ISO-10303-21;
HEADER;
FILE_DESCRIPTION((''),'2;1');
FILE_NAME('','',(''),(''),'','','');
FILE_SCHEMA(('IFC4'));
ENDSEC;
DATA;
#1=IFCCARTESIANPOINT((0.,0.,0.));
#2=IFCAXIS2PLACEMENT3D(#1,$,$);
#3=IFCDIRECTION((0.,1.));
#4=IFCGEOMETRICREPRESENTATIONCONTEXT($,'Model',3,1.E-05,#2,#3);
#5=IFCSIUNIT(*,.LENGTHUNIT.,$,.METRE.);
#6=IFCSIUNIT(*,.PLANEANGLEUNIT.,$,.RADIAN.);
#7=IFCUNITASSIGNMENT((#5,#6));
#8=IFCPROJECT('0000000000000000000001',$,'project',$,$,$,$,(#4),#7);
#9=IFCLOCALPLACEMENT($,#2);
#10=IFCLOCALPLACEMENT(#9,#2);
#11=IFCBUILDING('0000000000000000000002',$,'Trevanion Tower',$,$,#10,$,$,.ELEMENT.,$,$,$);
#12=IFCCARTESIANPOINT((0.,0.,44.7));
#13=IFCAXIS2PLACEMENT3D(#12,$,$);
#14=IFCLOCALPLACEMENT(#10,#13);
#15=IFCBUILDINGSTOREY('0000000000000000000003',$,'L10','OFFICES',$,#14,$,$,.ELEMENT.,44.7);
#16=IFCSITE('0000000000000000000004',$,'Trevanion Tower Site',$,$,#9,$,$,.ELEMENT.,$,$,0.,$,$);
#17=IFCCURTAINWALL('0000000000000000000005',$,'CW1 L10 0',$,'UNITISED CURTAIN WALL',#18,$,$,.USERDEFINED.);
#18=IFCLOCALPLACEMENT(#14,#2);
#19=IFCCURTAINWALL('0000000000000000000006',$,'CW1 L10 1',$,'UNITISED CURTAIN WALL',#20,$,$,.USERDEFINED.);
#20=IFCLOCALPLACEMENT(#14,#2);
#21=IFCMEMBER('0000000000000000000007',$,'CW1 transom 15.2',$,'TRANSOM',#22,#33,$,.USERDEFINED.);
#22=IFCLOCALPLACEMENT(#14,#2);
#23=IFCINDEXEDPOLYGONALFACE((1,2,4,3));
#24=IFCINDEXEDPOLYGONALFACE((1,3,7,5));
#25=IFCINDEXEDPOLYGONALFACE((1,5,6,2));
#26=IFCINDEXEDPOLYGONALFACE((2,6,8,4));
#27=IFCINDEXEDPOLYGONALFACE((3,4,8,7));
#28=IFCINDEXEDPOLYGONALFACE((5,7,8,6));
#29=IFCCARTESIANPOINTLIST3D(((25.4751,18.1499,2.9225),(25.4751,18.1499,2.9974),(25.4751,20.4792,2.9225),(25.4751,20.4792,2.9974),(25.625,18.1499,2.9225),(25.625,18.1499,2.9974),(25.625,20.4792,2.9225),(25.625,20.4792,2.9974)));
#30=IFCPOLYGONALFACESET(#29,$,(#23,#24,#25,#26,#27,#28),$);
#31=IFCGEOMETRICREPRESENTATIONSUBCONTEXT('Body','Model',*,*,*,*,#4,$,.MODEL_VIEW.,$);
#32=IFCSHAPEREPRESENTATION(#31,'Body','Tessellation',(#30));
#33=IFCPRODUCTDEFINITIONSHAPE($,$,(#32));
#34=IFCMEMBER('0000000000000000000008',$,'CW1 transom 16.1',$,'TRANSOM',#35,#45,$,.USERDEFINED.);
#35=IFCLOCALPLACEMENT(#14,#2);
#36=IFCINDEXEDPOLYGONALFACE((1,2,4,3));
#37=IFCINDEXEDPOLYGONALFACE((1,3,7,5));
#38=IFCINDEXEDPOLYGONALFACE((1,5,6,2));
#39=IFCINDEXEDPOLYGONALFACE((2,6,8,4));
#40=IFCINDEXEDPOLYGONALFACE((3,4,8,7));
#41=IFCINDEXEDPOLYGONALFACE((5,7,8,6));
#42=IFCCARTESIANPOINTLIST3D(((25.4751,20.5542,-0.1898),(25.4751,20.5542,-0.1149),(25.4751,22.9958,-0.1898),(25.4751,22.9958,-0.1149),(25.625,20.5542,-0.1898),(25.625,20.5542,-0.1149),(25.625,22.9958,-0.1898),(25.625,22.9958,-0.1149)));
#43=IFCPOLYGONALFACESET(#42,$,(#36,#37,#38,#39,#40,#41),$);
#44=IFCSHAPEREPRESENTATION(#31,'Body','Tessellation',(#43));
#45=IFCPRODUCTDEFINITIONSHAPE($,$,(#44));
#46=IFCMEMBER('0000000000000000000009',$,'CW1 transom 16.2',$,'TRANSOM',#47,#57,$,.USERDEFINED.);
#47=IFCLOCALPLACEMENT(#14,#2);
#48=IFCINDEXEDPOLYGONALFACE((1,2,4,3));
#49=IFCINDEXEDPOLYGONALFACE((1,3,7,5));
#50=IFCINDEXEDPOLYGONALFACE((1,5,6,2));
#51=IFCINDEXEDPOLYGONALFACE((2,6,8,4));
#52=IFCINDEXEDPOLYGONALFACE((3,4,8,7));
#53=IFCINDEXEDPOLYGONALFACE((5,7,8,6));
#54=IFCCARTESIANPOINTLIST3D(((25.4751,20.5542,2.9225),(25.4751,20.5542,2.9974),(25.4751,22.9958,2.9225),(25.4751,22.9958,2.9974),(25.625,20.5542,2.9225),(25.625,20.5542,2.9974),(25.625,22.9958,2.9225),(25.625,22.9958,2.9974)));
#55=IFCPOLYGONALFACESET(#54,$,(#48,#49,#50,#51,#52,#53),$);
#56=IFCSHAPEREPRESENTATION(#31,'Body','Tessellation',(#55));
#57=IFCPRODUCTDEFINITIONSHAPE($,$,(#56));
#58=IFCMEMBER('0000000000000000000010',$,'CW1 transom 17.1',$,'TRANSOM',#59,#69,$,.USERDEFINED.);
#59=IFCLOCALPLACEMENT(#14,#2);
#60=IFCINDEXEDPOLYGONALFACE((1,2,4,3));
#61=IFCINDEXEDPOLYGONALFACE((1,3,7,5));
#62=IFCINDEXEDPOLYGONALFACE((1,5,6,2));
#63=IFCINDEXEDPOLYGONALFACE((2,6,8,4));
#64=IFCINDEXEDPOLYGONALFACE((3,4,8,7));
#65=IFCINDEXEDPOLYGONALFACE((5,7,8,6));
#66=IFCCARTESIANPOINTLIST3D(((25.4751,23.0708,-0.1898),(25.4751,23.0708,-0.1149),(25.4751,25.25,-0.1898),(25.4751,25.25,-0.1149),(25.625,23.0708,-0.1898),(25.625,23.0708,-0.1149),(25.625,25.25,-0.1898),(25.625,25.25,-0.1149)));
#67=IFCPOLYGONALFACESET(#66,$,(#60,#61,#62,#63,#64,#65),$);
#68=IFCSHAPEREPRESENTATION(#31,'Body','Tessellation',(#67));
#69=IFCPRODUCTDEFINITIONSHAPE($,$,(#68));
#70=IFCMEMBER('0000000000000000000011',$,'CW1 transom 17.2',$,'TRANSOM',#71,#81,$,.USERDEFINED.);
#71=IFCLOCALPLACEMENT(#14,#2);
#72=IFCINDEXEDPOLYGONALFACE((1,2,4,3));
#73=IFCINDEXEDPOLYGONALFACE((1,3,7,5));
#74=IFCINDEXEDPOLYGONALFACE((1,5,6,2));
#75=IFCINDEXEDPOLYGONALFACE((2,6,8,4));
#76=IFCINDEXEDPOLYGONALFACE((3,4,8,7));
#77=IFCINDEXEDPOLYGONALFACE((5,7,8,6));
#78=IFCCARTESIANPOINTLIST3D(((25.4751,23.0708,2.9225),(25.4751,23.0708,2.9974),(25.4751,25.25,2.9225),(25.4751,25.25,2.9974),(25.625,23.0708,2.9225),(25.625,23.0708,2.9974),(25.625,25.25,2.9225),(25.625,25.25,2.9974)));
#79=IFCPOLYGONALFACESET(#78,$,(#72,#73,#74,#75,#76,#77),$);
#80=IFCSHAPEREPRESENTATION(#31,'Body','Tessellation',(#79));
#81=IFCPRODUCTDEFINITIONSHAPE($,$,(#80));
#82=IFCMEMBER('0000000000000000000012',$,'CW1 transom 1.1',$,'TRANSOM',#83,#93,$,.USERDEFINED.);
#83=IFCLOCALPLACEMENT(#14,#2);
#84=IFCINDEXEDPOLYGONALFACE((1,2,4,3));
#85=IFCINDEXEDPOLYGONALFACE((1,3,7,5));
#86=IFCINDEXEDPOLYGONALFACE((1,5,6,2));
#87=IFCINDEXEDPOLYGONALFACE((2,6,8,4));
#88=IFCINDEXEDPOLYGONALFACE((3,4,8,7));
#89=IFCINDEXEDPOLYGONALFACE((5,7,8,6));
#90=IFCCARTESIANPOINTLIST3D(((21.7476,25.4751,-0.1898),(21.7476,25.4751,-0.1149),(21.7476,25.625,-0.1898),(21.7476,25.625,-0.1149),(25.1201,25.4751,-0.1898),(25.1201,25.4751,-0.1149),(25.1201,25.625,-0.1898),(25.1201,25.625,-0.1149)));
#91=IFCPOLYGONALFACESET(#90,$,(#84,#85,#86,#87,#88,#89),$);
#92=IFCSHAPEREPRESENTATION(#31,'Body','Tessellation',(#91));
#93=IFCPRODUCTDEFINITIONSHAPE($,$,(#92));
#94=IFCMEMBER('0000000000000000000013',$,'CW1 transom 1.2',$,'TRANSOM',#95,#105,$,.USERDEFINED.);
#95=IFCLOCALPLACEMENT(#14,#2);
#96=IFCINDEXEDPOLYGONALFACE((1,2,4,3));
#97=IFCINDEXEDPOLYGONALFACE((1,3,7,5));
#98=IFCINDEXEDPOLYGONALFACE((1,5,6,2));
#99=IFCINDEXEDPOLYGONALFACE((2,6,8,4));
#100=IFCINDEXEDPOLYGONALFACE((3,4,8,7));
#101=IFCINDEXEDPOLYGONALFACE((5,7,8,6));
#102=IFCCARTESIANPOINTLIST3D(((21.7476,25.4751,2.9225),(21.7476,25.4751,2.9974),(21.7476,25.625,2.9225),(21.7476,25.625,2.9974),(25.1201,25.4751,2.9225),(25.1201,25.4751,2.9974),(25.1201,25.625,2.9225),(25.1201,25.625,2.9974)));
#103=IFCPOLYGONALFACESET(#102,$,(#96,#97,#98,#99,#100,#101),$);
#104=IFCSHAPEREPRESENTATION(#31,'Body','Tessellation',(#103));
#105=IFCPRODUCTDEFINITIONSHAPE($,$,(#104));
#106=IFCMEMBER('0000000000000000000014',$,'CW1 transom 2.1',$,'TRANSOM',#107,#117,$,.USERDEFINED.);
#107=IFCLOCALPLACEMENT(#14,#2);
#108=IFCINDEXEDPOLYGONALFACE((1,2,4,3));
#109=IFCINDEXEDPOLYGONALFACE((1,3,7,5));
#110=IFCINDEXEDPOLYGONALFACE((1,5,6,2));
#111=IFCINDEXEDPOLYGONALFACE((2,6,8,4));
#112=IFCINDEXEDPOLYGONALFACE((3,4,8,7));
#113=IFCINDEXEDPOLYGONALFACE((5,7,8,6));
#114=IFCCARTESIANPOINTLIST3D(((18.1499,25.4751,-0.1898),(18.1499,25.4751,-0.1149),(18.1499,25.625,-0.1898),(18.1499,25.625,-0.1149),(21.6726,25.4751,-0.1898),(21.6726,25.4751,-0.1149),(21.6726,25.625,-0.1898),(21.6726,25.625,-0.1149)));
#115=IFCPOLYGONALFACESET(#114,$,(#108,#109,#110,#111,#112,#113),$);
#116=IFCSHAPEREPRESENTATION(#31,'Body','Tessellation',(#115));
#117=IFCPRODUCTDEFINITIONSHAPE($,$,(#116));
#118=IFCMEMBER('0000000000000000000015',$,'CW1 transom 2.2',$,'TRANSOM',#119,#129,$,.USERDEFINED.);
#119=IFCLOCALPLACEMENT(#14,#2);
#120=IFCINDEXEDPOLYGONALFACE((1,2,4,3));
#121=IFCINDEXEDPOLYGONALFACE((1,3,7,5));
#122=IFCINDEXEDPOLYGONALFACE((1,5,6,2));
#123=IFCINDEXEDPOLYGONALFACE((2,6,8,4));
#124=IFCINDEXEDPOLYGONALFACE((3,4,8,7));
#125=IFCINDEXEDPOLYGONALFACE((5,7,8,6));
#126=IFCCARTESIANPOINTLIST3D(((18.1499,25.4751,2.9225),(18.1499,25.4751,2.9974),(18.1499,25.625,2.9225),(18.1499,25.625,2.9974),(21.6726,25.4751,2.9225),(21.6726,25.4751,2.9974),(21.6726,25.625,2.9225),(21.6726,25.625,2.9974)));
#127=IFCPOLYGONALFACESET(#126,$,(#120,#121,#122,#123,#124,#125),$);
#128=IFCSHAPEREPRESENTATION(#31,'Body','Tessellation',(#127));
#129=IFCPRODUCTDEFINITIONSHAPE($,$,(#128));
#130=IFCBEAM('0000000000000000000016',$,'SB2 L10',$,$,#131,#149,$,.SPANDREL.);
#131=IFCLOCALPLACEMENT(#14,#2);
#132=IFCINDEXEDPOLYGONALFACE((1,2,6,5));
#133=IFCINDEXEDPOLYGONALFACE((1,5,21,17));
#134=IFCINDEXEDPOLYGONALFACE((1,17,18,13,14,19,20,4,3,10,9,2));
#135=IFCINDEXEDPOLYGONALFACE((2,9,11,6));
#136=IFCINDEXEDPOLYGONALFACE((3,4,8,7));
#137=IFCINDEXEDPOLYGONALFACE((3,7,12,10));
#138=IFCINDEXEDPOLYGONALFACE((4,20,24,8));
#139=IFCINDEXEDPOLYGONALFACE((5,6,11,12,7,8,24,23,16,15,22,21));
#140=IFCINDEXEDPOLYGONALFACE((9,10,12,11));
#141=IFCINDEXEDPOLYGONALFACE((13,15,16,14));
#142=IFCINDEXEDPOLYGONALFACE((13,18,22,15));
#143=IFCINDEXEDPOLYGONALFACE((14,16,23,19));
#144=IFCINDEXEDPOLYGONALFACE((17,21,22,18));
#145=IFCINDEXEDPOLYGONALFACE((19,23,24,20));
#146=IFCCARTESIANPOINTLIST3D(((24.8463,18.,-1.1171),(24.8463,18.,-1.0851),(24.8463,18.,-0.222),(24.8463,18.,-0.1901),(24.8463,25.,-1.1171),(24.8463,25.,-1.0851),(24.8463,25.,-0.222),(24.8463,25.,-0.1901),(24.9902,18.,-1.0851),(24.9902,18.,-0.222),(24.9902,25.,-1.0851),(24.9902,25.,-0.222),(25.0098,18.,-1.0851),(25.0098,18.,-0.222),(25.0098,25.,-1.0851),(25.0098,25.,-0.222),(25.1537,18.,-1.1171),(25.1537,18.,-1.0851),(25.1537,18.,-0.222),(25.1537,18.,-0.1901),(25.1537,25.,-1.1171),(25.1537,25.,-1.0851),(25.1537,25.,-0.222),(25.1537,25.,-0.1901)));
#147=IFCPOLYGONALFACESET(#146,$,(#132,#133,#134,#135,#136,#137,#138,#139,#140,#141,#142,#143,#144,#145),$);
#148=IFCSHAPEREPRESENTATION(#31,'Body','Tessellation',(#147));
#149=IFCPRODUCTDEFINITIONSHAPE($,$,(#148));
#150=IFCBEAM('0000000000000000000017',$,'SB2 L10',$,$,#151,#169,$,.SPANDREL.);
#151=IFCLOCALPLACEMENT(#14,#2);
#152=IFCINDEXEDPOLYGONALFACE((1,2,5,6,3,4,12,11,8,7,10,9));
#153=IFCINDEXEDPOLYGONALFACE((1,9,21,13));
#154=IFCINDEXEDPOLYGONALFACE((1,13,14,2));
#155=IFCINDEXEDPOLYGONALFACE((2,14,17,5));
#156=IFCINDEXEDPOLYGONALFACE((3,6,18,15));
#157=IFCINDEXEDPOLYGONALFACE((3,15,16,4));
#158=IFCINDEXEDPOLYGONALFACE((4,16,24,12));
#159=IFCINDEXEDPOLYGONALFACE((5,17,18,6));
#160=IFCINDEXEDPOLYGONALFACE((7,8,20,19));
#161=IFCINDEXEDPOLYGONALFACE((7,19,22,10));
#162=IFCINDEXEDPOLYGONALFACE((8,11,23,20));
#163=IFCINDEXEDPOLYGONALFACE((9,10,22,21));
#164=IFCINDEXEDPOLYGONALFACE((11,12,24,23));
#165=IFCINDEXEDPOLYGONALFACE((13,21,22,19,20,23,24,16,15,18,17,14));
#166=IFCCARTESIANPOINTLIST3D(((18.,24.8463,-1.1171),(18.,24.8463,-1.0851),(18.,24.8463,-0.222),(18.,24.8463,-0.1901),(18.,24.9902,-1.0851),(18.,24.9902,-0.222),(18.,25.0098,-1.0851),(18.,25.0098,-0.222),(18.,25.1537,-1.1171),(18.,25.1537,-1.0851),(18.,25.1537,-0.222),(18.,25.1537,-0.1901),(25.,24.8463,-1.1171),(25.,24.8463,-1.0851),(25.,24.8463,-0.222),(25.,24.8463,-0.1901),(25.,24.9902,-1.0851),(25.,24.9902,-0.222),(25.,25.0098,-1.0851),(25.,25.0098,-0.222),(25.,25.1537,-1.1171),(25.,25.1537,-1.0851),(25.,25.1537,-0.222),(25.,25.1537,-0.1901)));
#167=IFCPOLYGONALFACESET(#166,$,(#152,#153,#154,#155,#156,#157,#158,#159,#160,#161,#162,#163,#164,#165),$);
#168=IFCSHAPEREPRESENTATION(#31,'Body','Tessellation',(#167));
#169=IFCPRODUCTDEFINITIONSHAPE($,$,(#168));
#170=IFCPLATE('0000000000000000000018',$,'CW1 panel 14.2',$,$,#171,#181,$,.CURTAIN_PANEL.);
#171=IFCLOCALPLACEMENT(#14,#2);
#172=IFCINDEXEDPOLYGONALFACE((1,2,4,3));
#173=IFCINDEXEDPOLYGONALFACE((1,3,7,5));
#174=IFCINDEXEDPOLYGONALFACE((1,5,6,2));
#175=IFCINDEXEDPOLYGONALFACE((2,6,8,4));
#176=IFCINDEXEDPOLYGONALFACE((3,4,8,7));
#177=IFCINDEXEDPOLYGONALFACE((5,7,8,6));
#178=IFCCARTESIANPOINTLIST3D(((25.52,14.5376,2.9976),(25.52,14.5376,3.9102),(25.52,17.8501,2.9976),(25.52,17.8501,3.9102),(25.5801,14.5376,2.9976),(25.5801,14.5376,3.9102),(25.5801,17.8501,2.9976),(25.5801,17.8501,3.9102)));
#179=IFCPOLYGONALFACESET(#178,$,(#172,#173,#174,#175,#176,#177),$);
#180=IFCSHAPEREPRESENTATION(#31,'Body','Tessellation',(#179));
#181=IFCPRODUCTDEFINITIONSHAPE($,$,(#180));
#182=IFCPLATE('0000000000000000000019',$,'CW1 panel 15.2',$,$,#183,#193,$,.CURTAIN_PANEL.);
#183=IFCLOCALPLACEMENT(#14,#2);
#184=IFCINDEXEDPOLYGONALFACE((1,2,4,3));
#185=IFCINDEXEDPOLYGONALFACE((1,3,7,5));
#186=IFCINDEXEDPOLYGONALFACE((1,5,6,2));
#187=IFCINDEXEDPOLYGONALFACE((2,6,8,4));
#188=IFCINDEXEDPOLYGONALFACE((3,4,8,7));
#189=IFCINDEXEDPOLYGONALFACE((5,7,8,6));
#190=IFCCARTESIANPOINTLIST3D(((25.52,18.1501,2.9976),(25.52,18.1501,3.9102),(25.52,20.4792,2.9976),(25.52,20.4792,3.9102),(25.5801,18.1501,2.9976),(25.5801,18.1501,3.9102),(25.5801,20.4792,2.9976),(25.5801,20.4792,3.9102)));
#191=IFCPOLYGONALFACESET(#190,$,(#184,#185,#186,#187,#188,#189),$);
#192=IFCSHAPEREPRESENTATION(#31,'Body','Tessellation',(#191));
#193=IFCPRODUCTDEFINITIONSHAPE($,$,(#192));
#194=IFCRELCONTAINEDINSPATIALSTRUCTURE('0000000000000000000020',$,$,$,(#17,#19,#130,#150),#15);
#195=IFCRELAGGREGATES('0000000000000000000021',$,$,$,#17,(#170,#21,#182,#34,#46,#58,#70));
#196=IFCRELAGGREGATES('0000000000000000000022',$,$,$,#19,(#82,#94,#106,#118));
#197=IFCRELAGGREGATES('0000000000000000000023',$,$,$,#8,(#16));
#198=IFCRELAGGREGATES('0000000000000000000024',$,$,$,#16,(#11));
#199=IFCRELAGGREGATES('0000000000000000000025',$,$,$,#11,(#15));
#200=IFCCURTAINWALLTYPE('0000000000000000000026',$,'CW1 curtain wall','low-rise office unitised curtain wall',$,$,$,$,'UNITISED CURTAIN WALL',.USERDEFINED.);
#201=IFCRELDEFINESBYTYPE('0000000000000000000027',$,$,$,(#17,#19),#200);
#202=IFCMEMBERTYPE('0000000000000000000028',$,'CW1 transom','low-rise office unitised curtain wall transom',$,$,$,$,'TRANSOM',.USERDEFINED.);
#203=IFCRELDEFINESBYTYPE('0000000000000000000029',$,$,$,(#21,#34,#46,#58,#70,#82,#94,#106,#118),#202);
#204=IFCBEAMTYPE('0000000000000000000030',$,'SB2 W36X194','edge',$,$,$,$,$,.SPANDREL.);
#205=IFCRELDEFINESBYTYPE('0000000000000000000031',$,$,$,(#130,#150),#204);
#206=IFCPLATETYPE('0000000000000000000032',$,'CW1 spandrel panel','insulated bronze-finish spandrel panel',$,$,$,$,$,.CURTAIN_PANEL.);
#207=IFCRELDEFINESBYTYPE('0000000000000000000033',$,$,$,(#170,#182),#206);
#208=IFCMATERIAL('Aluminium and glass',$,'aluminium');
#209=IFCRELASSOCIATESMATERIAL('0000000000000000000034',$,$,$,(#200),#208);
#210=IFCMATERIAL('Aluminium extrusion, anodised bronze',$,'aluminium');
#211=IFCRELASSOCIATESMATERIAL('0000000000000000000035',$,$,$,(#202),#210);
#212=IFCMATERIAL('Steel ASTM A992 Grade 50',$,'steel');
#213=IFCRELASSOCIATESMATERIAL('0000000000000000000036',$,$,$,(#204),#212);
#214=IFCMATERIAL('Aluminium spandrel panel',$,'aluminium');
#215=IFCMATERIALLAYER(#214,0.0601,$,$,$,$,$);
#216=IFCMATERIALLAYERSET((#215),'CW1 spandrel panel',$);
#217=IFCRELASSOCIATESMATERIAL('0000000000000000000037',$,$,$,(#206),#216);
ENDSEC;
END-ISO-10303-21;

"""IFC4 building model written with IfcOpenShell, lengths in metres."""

from ifc_helpers import new_model, si_unit, direction, frame, origin, origin_2d, place, context, subcontext, project, spatial, rectangle, i_section, extrude, material, layer, layer_set, material_profile, profile_set, type_object, element, aggregate, save


model = new_model("IFC4")

# Units and contexts
model_context = context("Model", 3, precision=1e-05, world=origin(), true_north=direction((0.0, 1.0)))
body_context = subcontext(model_context, "Body", "Model", "MODEL_VIEW")
ifc_project = project(units=[si_unit("LENGTHUNIT", "METRE"), si_unit("PLANEANGLEUNIT", "RADIAN")], contexts=[model_context])

# Site, building, storey
site_placement = place(None, origin())
site = spatial("IfcSite", under=ifc_project, at=site_placement, Name="Trevanion Tower Site", CompositionType="ELEMENT", RefElevation=0.0)
building_placement = place(site_placement, origin())
building = spatial("IfcBuilding", under=site, at=building_placement, Name="Trevanion Tower", CompositionType="ELEMENT")
storey_placement = place(building_placement, frame((0.0, 0.0, 44.7)))
storey = spatial("IfcBuildingStorey", under=building, at=storey_placement, Name="L10", Description="OFFICES", CompositionType="ELEMENT", Elevation=44.7)

# Curtain wall
ifc_material_1 = material(Name="Aluminium and glass", Category="aluminium")
curtain_wall_type = type_object("IfcCurtainWallType", Name="CW1 curtain wall", Description="low-rise office unitised curtain wall", ElementType="UNITISED CURTAIN WALL", PredefinedType="USERDEFINED", material=ifc_material_1)
curtain_wall_1_placement = place(storey_placement, origin())
curtain_wall_1 = element("IfcCurtainWall", 1, at=curtain_wall_1_placement, inside=storey, type_object=curtain_wall_type, Name="CW1 L10 0", ObjectType="UNITISED CURTAIN WALL", PredefinedType="USERDEFINED")

# Curtain wall
curtain_wall_2_placement = place(storey_placement, origin())
curtain_wall_2 = element("IfcCurtainWall", 2, at=curtain_wall_2_placement, inside=storey, type_object=curtain_wall_type, Name="CW1 L10 1", ObjectType="UNITISED CURTAIN WALL", PredefinedType="USERDEFINED")

# Members
ifc_material_2 = material(Name="Aluminium extrusion, anodised bronze", Category="aluminium")
ifc_material_profile_1 = material_profile(ifc_material_2, rectangle(XDim=0.1499, YDim=0.075, at=origin_2d()), Name="CW1 transom")
ifc_profile_set_1 = profile_set([ifc_material_profile_1], Name="Aluminium extrusion, anodised bronze")
member_type_1 = type_object("IfcMemberType", Name="CW1 transom", Description="low-rise office unitised curtain wall transom", ElementType="TRANSOM", PredefinedType="USERDEFINED", material=ifc_profile_set_1)
member_1_placement = place(storey_placement, frame((25.55, 18.1499, 2.96), z_axis=(0.0, 1.0, 0.0), x_axis=(-1.0, 0.0, 0.0)))
member_1 = element("IfcMember", 3, at=member_1_placement, type_object=member_type_1, Name="CW1 transom 15.2", ObjectType="TRANSOM", PredefinedType="USERDEFINED", context=body_context, shape_type="SweptSolid", body=[
    extrude(rectangle(XDim=0.1499, YDim=0.075, at=origin_2d()), origin(), (0.0, 0.0, 1.0), 2.3293),
])
member_2_placement = place(storey_placement, frame((25.55, 20.5542, -0.1523), z_axis=(0.0, 1.0, 0.0), x_axis=(-1.0, 0.0, 0.0)))
member_2 = element("IfcMember", 4, at=member_2_placement, type_object=member_type_1, Name="CW1 transom 16.1", ObjectType="TRANSOM", PredefinedType="USERDEFINED", context=body_context, shape_type="SweptSolid", body=[
    extrude(rectangle(XDim=0.1499, YDim=0.075, at=origin_2d()), origin(), (0.0, 0.0, 1.0), 2.4417),
])
member_3_placement = place(storey_placement, frame((25.55, 20.5542, 2.96), z_axis=(0.0, 1.0, 0.0), x_axis=(-1.0, 0.0, 0.0)))
member_3 = element("IfcMember", 5, at=member_3_placement, type_object=member_type_1, Name="CW1 transom 16.2", ObjectType="TRANSOM", PredefinedType="USERDEFINED", context=body_context, shape_type="SweptSolid", body=[
    extrude(rectangle(XDim=0.1499, YDim=0.075, at=origin_2d()), origin(), (0.0, 0.0, 1.0), 2.4417),
])
member_4_placement = place(storey_placement, frame((25.55, 23.0708, -0.1523), z_axis=(0.0, 1.0, 0.0), x_axis=(-1.0, 0.0, 0.0)))
member_4 = element("IfcMember", 6, at=member_4_placement, type_object=member_type_1, Name="CW1 transom 17.1", ObjectType="TRANSOM", PredefinedType="USERDEFINED", context=body_context, shape_type="SweptSolid", body=[
    extrude(rectangle(XDim=0.1499, YDim=0.075, at=origin_2d()), origin(), (0.0, 0.0, 1.0), 2.1792),
])
member_5_placement = place(storey_placement, frame((25.55, 23.0708, 2.96), z_axis=(0.0, 1.0, 0.0), x_axis=(-1.0, 0.0, 0.0)))
member_5 = element("IfcMember", 7, at=member_5_placement, type_object=member_type_1, Name="CW1 transom 17.2", ObjectType="TRANSOM", PredefinedType="USERDEFINED", context=body_context, shape_type="SweptSolid", body=[
    extrude(rectangle(XDim=0.1499, YDim=0.075, at=origin_2d()), origin(), (0.0, 0.0, 1.0), 2.1792),
])
member_6_placement = place(storey_placement, frame((25.1201, 25.55, -0.1523), z_axis=(-1.0, 0.0, 0.0), x_axis=(0.0, -1.0, 0.0)))
member_6 = element("IfcMember", 8, at=member_6_placement, type_object=member_type_1, Name="CW1 transom 1.1", ObjectType="TRANSOM", PredefinedType="USERDEFINED", context=body_context, shape_type="SweptSolid", body=[
    extrude(rectangle(XDim=0.1499, YDim=0.075, at=origin_2d()), origin(), (0.0, 0.0, 1.0), 3.3726),
])
member_7_placement = place(storey_placement, frame((25.1201, 25.55, 2.96), z_axis=(-1.0, 0.0, 0.0), x_axis=(0.0, -1.0, 0.0)))
member_7 = element("IfcMember", 9, at=member_7_placement, type_object=member_type_1, Name="CW1 transom 1.2", ObjectType="TRANSOM", PredefinedType="USERDEFINED", context=body_context, shape_type="SweptSolid", body=[
    extrude(rectangle(XDim=0.1499, YDim=0.075, at=origin_2d()), origin(), (0.0, 0.0, 1.0), 3.3726),
])
member_8_placement = place(storey_placement, frame((21.6726, 25.55, -0.1523), z_axis=(-1.0, 0.0, 0.0), x_axis=(0.0, -1.0, 0.0)))
member_8 = element("IfcMember", 10, at=member_8_placement, type_object=member_type_1, Name="CW1 transom 2.1", ObjectType="TRANSOM", PredefinedType="USERDEFINED", context=body_context, shape_type="SweptSolid", body=[
    extrude(rectangle(XDim=0.1499, YDim=0.075, at=origin_2d()), origin(), (0.0, 0.0, 1.0), 3.5227),
])
member_9_placement = place(storey_placement, frame((21.6726, 25.55, 2.96), z_axis=(-1.0, 0.0, 0.0), x_axis=(0.0, -1.0, 0.0)))
member_9 = element("IfcMember", 11, at=member_9_placement, type_object=member_type_1, Name="CW1 transom 2.2", ObjectType="TRANSOM", PredefinedType="USERDEFINED", context=body_context, shape_type="SweptSolid", body=[
    extrude(rectangle(XDim=0.1499, YDim=0.075, at=origin_2d()), origin(), (0.0, 0.0, 1.0), 3.5227),
])

# Beams
ifc_material_3 = material(Name="Steel ASTM A992 Grade 50", Category="steel")
ifc_material_profile_2 = material_profile(ifc_material_3, i_section(OverallWidth=0.3074, OverallDepth=0.927, WebThickness=0.0195, FlangeThickness=0.032, at=origin_2d()), Name="W36X194")
ifc_profile_set_2 = profile_set([ifc_material_profile_2], Name="Steel ASTM A992 Grade 50")
beam_type = type_object("IfcBeamType", Name="SB2 W36X194", Description="edge", PredefinedType="SPANDREL", material=ifc_profile_set_2)
for number, where, z_axis, x_axis, name in (
    (12, (25.0, 18.0, -0.6536), (0.0, 1.0, 0.0), (-1.0, 0.0, 0.0), "SB2 L10"),
    (13, (25.0, 25.0, -0.6536), (-1.0, 0.0, 0.0), (0.0, -1.0, 0.0), "SB2 L10"),
):
    element("IfcBeam", number, at=place(storey_placement, frame(where, z_axis=z_axis, x_axis=x_axis)), inside=storey, type_object=beam_type, Name=name, PredefinedType="SPANDREL", context=body_context, shape_type="SweptSolid", body=[
        extrude(i_section(OverallWidth=0.3074, OverallDepth=0.927, WebThickness=0.0195, FlangeThickness=0.032, at=origin_2d()), origin(), (0.0, 0.0, 1.0), 7.0),
    ])

# Plates
ifc_material_4 = material(Name="Aluminium spandrel panel", Category="aluminium")
ifc_layer_1 = layer(ifc_material_4, 0.0601)
ifc_layer_set_1 = layer_set([ifc_layer_1], Name="CW1 spandrel panel")
plate_type_1 = type_object("IfcPlateType", Name="CW1 spandrel panel", Description="insulated bronze-finish spandrel panel", PredefinedType="CURTAIN_PANEL", material=ifc_layer_set_1)
plate_1_placement = place(storey_placement, frame((25.55, 16.1938, 2.9976), z_axis=(0.0, 0.0, 1.0), x_axis=(0.0, 1.0, 0.0)))
plate_1 = element("IfcPlate", 14, at=plate_1_placement, type_object=plate_type_1, Name="CW1 panel 14.2", PredefinedType="CURTAIN_PANEL", context=body_context, shape_type="SweptSolid", body=[
    extrude(rectangle(XDim=3.3125, YDim=0.0601, at=origin_2d()), origin(), (0.0, 0.0, 1.0), 0.9126),
])
plate_2_placement = place(storey_placement, frame((25.55, 19.3147, 2.9976), z_axis=(0.0, 0.0, 1.0), x_axis=(0.0, 1.0, 0.0)))
plate_2 = element("IfcPlate", 15, at=plate_2_placement, type_object=plate_type_1, Name="CW1 panel 15.2", PredefinedType="CURTAIN_PANEL", context=body_context, shape_type="SweptSolid", body=[
    extrude(rectangle(XDim=2.3291, YDim=0.0601, at=origin_2d()), origin(), (0.0, 0.0, 1.0), 0.9126),
])
aggregate(curtain_wall_1, [plate_1, member_1, plate_2, member_2, member_3, member_4, member_5])
aggregate(curtain_wall_2, [member_6, member_7, member_8, member_9])

save(model, "model.ifc")
